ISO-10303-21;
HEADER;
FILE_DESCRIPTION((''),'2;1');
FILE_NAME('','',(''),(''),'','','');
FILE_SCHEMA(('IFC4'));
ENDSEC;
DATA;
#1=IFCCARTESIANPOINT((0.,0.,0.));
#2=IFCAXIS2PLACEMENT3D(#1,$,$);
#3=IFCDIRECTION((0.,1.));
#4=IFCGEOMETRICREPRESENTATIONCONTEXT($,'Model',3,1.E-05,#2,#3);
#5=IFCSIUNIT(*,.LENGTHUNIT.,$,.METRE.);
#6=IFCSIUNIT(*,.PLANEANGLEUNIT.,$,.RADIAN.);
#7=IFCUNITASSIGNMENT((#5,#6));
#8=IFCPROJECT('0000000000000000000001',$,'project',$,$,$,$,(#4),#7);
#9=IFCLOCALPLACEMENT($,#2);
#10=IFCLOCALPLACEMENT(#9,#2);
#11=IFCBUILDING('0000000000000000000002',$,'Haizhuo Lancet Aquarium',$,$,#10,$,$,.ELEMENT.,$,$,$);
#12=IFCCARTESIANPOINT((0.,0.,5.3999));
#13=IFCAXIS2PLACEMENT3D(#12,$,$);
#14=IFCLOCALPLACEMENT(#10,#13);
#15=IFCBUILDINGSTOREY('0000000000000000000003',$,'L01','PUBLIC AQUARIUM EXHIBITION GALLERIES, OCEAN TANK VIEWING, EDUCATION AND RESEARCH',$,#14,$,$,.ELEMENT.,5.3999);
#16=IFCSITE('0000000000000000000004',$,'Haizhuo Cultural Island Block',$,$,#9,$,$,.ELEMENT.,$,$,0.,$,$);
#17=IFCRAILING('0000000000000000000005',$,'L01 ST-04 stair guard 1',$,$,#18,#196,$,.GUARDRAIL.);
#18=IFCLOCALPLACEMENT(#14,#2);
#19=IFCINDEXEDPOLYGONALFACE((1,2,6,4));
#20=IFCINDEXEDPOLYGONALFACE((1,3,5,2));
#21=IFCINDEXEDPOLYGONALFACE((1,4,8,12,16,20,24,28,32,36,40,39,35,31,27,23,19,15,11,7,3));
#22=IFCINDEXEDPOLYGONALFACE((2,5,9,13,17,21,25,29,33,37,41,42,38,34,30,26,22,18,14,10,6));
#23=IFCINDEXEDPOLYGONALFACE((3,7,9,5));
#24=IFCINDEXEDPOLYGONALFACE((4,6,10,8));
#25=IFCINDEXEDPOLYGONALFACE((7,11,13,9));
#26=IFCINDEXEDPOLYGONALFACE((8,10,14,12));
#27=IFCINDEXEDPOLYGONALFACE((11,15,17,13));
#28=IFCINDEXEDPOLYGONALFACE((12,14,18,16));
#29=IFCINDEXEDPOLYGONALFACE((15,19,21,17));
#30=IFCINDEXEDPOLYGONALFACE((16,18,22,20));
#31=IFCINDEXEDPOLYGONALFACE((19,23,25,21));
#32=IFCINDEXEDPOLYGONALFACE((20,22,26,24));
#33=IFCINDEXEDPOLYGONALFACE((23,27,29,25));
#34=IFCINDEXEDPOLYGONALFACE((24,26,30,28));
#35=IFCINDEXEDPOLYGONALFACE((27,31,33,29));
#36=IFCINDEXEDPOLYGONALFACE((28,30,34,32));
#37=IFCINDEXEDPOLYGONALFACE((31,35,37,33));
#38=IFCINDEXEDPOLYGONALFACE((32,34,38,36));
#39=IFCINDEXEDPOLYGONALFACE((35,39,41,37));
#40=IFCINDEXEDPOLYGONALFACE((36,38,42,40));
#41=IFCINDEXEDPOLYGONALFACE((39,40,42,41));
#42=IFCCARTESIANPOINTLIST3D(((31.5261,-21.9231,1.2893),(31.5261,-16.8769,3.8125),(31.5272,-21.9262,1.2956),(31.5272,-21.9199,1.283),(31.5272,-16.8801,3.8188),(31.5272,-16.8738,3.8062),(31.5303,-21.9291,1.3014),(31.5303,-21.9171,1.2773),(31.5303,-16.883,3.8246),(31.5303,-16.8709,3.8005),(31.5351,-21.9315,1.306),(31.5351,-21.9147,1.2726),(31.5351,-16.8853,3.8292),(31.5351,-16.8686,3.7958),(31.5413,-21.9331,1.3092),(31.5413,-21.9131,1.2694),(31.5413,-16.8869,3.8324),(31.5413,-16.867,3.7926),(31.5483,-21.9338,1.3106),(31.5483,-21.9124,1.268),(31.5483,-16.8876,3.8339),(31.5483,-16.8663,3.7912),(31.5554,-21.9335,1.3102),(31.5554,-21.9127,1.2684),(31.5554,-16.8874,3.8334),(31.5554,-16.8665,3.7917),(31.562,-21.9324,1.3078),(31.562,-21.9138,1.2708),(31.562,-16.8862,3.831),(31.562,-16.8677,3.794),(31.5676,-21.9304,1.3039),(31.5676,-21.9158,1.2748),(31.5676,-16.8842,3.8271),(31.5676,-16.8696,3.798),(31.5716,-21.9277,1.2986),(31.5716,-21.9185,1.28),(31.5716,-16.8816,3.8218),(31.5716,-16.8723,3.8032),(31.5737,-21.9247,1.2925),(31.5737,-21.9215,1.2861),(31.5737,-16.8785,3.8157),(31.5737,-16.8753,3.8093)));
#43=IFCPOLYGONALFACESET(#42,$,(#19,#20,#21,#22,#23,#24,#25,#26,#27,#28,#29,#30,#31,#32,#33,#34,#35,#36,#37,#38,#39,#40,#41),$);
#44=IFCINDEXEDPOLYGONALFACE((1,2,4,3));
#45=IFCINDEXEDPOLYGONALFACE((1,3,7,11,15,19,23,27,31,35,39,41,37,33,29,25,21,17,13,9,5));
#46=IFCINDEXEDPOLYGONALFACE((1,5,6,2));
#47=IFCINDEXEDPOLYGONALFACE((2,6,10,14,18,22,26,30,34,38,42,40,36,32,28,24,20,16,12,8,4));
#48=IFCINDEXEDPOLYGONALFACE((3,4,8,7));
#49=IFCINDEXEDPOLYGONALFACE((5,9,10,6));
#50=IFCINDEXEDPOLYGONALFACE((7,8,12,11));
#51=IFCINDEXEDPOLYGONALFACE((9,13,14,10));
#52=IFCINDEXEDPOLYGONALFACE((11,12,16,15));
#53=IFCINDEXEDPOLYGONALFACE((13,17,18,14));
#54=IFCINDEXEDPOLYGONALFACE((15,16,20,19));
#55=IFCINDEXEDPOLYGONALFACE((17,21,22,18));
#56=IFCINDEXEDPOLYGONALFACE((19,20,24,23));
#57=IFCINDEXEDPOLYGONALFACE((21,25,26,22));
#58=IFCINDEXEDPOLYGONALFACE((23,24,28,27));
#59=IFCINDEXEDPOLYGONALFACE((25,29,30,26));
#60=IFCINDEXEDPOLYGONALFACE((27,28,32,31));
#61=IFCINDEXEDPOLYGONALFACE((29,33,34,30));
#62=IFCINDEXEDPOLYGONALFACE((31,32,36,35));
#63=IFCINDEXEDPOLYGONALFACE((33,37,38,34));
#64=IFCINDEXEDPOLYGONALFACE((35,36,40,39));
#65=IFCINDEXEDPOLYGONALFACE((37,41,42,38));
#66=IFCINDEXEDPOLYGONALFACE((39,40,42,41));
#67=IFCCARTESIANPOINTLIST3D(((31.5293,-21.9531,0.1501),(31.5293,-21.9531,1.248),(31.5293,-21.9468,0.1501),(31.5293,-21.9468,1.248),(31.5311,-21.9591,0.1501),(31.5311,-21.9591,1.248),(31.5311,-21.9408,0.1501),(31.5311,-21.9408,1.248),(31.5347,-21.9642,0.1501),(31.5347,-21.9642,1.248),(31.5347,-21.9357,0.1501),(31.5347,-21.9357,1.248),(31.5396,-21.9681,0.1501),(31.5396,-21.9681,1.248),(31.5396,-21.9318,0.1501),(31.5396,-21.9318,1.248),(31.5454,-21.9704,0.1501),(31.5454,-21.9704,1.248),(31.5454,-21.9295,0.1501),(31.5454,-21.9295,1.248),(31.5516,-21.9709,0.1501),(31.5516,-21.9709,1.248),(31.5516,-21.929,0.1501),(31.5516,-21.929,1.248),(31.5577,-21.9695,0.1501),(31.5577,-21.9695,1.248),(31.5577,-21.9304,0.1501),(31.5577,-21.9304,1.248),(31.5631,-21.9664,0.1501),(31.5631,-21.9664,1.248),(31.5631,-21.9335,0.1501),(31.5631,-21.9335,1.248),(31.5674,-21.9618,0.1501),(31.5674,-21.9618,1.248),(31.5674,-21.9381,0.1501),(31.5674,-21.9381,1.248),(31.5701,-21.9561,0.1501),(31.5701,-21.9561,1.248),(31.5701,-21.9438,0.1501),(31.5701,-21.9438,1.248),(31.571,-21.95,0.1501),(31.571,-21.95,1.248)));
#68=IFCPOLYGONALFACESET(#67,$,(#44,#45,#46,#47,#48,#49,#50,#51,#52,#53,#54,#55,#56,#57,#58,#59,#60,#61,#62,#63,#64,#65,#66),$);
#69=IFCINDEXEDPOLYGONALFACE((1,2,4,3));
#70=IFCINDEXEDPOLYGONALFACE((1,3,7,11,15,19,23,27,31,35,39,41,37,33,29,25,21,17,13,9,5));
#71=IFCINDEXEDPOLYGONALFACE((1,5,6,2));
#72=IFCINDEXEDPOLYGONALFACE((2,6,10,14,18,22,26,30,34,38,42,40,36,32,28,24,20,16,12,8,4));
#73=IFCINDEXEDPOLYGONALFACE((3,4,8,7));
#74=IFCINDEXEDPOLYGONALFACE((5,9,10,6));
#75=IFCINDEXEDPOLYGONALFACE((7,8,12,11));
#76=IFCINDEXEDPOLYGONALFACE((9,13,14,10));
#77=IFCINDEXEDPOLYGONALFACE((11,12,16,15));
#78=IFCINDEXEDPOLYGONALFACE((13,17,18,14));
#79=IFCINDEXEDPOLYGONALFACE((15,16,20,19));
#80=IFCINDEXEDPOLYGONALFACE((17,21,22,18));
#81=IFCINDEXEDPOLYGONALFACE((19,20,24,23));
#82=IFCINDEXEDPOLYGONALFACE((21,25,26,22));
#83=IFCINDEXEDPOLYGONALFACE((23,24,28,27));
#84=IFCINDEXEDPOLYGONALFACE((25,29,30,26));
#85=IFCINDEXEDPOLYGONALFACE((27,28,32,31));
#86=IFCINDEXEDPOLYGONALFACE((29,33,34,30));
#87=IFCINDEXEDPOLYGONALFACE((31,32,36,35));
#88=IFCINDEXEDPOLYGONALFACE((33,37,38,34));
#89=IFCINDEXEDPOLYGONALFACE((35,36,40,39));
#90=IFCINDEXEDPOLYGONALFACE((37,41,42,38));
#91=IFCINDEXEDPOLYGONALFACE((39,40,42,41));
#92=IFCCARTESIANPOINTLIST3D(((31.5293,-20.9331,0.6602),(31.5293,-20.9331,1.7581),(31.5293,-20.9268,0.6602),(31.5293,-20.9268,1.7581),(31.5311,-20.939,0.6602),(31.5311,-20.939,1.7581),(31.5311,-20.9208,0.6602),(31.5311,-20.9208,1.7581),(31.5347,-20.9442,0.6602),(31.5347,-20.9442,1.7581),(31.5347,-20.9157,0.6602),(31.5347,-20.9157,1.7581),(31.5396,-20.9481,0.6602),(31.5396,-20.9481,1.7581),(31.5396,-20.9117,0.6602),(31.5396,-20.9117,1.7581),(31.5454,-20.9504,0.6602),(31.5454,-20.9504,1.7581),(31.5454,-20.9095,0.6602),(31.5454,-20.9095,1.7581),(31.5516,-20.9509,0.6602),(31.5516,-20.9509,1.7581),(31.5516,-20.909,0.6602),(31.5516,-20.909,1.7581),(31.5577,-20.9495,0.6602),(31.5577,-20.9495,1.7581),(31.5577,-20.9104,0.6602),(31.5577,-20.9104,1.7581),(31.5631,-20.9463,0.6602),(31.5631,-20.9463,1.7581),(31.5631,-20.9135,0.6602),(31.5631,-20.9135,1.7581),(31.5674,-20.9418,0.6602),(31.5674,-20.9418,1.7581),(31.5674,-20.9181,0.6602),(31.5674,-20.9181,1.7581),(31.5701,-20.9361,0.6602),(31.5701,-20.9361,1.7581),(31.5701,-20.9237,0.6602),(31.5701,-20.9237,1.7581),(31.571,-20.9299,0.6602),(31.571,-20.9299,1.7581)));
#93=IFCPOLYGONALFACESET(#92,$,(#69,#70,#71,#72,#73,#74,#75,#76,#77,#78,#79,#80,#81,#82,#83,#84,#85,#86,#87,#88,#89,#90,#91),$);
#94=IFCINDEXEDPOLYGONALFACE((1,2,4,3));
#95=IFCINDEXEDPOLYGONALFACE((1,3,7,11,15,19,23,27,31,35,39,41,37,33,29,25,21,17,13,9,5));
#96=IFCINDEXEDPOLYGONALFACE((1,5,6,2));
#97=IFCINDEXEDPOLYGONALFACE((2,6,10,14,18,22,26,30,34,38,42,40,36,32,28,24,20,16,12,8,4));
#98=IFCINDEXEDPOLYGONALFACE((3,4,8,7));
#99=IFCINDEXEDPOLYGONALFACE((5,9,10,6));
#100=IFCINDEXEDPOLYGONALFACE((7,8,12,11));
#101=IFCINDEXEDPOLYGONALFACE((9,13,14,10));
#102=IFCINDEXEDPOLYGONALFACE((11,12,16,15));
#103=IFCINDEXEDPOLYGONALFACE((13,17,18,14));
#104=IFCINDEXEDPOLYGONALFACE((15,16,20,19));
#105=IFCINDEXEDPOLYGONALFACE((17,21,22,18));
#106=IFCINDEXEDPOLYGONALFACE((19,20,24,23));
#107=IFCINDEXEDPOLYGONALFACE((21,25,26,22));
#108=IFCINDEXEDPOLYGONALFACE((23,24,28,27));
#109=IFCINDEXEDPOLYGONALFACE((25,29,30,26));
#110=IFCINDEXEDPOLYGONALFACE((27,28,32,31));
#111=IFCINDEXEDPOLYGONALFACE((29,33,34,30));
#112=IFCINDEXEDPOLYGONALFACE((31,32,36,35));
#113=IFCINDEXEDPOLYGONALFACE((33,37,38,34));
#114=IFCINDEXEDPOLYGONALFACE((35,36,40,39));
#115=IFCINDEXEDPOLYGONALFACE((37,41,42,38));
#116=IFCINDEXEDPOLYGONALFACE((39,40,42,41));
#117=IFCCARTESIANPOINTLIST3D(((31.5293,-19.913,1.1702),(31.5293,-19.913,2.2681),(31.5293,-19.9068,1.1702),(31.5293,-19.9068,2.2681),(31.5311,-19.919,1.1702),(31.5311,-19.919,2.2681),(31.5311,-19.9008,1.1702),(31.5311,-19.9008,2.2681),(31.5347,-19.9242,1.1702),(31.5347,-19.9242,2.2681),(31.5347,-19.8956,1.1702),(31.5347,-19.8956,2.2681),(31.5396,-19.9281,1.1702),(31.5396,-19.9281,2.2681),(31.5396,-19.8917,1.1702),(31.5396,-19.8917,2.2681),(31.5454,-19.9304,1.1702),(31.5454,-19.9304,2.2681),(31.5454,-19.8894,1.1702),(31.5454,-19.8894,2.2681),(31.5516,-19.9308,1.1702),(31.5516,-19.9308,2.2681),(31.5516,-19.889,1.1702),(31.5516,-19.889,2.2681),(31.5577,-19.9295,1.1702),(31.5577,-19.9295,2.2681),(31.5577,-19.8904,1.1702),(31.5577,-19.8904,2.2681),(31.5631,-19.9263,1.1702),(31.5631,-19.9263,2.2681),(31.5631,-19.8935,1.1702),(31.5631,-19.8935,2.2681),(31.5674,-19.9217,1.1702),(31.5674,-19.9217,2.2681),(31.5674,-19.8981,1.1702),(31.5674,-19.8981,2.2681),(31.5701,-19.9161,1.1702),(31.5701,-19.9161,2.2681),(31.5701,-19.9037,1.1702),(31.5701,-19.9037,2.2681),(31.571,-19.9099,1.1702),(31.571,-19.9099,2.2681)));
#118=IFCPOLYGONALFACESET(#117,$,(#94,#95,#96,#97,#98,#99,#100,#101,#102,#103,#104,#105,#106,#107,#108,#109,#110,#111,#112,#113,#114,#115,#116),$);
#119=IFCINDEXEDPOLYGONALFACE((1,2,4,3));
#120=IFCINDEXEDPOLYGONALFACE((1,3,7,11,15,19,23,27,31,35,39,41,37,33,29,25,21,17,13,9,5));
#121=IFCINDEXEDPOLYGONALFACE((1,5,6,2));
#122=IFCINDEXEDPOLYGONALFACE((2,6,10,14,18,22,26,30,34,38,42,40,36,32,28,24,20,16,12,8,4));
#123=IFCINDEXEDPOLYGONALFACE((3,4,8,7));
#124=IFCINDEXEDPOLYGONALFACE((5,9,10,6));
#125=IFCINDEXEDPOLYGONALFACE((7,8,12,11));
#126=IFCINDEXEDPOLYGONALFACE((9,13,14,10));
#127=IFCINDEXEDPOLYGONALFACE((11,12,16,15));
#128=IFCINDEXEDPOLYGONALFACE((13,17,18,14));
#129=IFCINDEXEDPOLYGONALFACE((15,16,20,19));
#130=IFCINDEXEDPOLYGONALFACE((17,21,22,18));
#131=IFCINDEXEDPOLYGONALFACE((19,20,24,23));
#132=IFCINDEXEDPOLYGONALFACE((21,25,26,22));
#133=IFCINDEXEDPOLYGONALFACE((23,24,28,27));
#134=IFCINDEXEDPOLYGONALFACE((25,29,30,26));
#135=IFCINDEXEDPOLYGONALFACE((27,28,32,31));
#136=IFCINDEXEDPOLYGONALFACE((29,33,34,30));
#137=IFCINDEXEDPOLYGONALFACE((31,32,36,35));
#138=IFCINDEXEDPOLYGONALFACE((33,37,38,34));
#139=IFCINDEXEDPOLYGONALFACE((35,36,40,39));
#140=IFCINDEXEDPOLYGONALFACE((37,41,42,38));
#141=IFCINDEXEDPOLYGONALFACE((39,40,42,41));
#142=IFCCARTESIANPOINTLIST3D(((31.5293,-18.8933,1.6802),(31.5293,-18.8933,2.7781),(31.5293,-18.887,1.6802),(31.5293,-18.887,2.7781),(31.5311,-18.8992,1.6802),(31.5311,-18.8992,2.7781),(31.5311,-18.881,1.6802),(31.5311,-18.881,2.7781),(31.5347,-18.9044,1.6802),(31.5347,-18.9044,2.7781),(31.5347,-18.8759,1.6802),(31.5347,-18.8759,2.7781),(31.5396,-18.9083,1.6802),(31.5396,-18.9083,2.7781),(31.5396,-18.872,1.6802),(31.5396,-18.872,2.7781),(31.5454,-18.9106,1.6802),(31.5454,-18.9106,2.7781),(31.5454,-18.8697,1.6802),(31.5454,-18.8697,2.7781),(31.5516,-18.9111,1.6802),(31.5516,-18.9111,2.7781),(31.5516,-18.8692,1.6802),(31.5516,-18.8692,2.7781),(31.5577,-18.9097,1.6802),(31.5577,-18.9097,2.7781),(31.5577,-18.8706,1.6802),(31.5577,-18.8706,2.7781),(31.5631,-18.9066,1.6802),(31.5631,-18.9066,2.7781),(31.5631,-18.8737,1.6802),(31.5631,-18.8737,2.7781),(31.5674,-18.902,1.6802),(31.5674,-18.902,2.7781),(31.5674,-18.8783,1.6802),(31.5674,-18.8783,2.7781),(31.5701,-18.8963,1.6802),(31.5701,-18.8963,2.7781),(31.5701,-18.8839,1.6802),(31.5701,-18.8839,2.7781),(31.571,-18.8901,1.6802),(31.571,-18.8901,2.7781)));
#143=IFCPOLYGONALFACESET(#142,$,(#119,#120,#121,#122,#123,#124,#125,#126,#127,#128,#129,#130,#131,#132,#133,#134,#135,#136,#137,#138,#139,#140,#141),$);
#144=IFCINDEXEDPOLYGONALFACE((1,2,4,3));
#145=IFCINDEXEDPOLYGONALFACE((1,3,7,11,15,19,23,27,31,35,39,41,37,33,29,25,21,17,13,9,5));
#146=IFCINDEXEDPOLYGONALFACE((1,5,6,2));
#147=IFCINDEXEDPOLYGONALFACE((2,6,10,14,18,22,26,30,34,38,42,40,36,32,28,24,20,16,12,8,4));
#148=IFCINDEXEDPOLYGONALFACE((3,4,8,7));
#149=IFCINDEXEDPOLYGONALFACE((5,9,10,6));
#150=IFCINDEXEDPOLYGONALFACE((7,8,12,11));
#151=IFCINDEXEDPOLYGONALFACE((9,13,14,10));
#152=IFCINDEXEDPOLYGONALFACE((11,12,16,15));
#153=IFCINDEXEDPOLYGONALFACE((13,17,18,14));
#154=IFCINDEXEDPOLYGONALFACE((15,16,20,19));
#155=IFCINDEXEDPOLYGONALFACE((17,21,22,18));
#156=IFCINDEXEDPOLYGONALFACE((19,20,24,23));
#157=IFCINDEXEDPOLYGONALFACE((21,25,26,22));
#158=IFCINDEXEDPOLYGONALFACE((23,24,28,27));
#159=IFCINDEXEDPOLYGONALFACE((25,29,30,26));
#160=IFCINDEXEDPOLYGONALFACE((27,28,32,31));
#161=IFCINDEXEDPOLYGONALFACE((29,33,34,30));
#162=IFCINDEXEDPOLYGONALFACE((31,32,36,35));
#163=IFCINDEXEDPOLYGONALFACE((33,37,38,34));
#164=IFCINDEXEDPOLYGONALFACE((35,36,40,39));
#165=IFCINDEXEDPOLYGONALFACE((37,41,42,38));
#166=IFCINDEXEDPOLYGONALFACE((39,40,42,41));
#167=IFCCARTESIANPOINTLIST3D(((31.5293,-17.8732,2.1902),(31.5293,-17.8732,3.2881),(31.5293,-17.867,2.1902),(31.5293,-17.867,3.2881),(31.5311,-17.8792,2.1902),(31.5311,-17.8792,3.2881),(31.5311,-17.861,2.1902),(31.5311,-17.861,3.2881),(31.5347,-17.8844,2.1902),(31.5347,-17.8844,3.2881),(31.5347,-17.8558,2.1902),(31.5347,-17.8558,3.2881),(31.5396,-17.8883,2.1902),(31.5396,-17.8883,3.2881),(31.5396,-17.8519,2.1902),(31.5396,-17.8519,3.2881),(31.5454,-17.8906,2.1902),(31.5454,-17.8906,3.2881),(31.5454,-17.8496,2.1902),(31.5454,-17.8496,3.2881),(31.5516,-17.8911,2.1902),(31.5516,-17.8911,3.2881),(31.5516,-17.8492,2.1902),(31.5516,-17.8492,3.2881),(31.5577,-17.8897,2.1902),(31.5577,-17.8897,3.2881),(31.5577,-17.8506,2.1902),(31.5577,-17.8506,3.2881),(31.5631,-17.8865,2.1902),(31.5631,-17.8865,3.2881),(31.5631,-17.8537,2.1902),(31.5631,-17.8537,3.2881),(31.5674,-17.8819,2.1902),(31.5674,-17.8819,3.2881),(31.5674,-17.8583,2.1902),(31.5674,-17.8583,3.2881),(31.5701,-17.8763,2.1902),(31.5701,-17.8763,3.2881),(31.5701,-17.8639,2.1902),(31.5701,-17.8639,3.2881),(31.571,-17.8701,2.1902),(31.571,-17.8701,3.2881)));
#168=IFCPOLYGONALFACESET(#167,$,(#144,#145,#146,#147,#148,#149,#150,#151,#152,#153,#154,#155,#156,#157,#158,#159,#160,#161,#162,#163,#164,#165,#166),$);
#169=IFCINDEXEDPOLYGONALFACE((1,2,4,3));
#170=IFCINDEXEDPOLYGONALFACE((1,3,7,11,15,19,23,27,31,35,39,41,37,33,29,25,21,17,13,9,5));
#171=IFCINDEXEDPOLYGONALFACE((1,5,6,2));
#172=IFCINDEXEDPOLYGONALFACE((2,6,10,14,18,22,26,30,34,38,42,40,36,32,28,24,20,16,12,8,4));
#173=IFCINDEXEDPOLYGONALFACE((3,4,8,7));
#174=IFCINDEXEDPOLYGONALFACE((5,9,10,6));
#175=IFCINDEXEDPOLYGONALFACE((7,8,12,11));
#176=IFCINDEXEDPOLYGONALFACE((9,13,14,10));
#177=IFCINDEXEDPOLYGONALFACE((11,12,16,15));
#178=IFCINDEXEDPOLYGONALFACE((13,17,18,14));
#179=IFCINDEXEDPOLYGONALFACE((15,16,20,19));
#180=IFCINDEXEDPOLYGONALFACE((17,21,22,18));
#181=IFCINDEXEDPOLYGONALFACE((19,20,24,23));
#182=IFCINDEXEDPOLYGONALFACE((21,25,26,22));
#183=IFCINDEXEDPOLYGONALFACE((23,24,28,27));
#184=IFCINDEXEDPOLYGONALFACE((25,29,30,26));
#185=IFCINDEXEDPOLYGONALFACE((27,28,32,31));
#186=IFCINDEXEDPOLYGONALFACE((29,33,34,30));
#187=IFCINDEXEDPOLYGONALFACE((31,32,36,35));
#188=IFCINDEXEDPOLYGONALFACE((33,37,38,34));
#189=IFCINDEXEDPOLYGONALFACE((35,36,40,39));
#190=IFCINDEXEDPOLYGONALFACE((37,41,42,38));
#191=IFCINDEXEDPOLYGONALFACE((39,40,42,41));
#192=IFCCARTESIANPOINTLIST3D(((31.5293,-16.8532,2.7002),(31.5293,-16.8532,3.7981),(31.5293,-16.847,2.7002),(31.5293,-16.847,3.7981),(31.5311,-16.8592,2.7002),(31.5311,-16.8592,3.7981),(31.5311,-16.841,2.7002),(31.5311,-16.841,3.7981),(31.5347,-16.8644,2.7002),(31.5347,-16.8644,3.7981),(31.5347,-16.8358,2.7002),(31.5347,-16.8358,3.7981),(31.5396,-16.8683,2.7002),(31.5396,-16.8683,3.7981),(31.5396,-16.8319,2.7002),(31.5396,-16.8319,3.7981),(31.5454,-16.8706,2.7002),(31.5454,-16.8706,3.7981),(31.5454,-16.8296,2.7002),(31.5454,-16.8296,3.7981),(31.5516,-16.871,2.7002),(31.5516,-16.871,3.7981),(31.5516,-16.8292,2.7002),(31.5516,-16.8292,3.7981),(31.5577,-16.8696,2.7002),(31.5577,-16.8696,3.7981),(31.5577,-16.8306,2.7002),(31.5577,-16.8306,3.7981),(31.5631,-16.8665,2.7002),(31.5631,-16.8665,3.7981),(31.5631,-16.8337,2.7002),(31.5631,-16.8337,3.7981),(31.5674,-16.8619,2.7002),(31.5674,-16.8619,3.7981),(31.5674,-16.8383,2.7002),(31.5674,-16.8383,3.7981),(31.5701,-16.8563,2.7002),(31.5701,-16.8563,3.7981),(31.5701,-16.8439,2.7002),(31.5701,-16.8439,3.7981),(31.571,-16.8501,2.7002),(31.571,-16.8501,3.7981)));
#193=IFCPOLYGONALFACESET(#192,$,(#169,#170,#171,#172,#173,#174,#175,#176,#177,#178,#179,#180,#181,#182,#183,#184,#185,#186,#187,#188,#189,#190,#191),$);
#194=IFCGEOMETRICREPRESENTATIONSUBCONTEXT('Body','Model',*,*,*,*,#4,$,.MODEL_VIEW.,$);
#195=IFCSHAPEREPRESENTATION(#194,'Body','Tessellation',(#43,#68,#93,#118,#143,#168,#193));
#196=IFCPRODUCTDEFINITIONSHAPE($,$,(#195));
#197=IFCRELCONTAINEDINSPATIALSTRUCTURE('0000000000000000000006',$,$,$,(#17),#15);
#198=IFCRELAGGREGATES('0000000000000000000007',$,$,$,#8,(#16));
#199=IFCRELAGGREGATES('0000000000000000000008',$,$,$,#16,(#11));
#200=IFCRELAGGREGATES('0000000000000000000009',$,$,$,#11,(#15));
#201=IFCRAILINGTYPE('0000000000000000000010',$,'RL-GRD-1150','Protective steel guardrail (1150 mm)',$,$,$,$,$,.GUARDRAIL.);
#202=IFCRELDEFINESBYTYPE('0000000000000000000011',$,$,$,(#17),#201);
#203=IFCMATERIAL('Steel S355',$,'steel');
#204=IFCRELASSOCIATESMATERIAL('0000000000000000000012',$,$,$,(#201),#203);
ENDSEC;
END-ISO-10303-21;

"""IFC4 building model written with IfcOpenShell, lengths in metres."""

from ifc_helpers import new_model, si_unit, direction, frame, origin, origin_2d, place, context, subcontext, project, spatial, circle, extrude, material, type_object, element, save


model = new_model("IFC4")

# Units and contexts
model_context = context("Model", 3, precision=1e-05, world=origin(), true_north=direction((0.0, 1.0)))
body_context = subcontext(model_context, "Body", "Model", "MODEL_VIEW")
ifc_project = project(units=[si_unit("LENGTHUNIT", "METRE"), si_unit("PLANEANGLEUNIT", "RADIAN")], contexts=[model_context])

# Site, building, storey
site_placement = place(None, origin())
site = spatial("IfcSite", under=ifc_project, at=site_placement, Name="Haizhuo Cultural Island Block", CompositionType="ELEMENT", RefElevation=0.0)
building_placement = place(site_placement, origin())
building = spatial("IfcBuilding", under=site, at=building_placement, Name="Haizhuo Lancet Aquarium", CompositionType="ELEMENT")
storey_placement = place(building_placement, frame((0.0, 0.0, 5.3999)))
storey = spatial("IfcBuildingStorey", under=building, at=storey_placement, Name="L01", Description="PUBLIC AQUARIUM EXHIBITION GALLERIES, OCEAN TANK VIEWING, EDUCATION AND RESEARCH", CompositionType="ELEMENT", Elevation=5.3999)

# Shared definitions
ifc_material_1 = material(Name="Steel S355", Category="steel")

# Railing
railing_type_1 = type_object("IfcRailingType", Name="RL-GRD-1150", Description="Protective steel guardrail (1150 mm)", PredefinedType="GUARDRAIL", material=ifc_material_1)
railing_1_placement = place(storey_placement, frame((31.55, -21.95, 0.1501)))
element("IfcRailing", 1, at=railing_1_placement, inside=storey, type_object=railing_type_1, Name="L01 ST-04 stair guard 1", PredefinedType="GUARDRAIL", context=body_context, shape_type="SweptSolid", body=[
    extrude(circle(Radius=0.0239, at=origin_2d()), frame((0.0, 0.0269, 1.1392), z_axis=(0.0, 0.894419, 0.447231), x_axis=(-1.0, 0.0, 0.0)), (0.0, 0.0, 1.0), 5.6418),
    extrude(circle(Radius=0.021, at=origin_2d()), origin(), (0.0, 0.0, 1.0), 1.0979),
    extrude(circle(Radius=0.021, at=origin_2d()), frame((0.0, 1.02, 0.51)), (0.0, 0.0, 1.0), 1.0979),
    extrude(circle(Radius=0.021, at=origin_2d()), frame((0.0, 2.04, 1.02)), (0.0, 0.0, 1.0), 1.0979),
    extrude(circle(Radius=0.021, at=origin_2d()), frame((0.0, 3.0598, 1.53)), (0.0, 0.0, 1.0), 1.0979),
    extrude(circle(Radius=0.021, at=origin_2d()), frame((0.0, 4.0798, 2.04)), (0.0, 0.0, 1.0), 1.0979),
    extrude(circle(Radius=0.021, at=origin_2d()), frame((0.0, 5.0999, 2.55)), (0.0, 0.0, 1.0), 1.0979),
])

save(model, "model.ifc")
